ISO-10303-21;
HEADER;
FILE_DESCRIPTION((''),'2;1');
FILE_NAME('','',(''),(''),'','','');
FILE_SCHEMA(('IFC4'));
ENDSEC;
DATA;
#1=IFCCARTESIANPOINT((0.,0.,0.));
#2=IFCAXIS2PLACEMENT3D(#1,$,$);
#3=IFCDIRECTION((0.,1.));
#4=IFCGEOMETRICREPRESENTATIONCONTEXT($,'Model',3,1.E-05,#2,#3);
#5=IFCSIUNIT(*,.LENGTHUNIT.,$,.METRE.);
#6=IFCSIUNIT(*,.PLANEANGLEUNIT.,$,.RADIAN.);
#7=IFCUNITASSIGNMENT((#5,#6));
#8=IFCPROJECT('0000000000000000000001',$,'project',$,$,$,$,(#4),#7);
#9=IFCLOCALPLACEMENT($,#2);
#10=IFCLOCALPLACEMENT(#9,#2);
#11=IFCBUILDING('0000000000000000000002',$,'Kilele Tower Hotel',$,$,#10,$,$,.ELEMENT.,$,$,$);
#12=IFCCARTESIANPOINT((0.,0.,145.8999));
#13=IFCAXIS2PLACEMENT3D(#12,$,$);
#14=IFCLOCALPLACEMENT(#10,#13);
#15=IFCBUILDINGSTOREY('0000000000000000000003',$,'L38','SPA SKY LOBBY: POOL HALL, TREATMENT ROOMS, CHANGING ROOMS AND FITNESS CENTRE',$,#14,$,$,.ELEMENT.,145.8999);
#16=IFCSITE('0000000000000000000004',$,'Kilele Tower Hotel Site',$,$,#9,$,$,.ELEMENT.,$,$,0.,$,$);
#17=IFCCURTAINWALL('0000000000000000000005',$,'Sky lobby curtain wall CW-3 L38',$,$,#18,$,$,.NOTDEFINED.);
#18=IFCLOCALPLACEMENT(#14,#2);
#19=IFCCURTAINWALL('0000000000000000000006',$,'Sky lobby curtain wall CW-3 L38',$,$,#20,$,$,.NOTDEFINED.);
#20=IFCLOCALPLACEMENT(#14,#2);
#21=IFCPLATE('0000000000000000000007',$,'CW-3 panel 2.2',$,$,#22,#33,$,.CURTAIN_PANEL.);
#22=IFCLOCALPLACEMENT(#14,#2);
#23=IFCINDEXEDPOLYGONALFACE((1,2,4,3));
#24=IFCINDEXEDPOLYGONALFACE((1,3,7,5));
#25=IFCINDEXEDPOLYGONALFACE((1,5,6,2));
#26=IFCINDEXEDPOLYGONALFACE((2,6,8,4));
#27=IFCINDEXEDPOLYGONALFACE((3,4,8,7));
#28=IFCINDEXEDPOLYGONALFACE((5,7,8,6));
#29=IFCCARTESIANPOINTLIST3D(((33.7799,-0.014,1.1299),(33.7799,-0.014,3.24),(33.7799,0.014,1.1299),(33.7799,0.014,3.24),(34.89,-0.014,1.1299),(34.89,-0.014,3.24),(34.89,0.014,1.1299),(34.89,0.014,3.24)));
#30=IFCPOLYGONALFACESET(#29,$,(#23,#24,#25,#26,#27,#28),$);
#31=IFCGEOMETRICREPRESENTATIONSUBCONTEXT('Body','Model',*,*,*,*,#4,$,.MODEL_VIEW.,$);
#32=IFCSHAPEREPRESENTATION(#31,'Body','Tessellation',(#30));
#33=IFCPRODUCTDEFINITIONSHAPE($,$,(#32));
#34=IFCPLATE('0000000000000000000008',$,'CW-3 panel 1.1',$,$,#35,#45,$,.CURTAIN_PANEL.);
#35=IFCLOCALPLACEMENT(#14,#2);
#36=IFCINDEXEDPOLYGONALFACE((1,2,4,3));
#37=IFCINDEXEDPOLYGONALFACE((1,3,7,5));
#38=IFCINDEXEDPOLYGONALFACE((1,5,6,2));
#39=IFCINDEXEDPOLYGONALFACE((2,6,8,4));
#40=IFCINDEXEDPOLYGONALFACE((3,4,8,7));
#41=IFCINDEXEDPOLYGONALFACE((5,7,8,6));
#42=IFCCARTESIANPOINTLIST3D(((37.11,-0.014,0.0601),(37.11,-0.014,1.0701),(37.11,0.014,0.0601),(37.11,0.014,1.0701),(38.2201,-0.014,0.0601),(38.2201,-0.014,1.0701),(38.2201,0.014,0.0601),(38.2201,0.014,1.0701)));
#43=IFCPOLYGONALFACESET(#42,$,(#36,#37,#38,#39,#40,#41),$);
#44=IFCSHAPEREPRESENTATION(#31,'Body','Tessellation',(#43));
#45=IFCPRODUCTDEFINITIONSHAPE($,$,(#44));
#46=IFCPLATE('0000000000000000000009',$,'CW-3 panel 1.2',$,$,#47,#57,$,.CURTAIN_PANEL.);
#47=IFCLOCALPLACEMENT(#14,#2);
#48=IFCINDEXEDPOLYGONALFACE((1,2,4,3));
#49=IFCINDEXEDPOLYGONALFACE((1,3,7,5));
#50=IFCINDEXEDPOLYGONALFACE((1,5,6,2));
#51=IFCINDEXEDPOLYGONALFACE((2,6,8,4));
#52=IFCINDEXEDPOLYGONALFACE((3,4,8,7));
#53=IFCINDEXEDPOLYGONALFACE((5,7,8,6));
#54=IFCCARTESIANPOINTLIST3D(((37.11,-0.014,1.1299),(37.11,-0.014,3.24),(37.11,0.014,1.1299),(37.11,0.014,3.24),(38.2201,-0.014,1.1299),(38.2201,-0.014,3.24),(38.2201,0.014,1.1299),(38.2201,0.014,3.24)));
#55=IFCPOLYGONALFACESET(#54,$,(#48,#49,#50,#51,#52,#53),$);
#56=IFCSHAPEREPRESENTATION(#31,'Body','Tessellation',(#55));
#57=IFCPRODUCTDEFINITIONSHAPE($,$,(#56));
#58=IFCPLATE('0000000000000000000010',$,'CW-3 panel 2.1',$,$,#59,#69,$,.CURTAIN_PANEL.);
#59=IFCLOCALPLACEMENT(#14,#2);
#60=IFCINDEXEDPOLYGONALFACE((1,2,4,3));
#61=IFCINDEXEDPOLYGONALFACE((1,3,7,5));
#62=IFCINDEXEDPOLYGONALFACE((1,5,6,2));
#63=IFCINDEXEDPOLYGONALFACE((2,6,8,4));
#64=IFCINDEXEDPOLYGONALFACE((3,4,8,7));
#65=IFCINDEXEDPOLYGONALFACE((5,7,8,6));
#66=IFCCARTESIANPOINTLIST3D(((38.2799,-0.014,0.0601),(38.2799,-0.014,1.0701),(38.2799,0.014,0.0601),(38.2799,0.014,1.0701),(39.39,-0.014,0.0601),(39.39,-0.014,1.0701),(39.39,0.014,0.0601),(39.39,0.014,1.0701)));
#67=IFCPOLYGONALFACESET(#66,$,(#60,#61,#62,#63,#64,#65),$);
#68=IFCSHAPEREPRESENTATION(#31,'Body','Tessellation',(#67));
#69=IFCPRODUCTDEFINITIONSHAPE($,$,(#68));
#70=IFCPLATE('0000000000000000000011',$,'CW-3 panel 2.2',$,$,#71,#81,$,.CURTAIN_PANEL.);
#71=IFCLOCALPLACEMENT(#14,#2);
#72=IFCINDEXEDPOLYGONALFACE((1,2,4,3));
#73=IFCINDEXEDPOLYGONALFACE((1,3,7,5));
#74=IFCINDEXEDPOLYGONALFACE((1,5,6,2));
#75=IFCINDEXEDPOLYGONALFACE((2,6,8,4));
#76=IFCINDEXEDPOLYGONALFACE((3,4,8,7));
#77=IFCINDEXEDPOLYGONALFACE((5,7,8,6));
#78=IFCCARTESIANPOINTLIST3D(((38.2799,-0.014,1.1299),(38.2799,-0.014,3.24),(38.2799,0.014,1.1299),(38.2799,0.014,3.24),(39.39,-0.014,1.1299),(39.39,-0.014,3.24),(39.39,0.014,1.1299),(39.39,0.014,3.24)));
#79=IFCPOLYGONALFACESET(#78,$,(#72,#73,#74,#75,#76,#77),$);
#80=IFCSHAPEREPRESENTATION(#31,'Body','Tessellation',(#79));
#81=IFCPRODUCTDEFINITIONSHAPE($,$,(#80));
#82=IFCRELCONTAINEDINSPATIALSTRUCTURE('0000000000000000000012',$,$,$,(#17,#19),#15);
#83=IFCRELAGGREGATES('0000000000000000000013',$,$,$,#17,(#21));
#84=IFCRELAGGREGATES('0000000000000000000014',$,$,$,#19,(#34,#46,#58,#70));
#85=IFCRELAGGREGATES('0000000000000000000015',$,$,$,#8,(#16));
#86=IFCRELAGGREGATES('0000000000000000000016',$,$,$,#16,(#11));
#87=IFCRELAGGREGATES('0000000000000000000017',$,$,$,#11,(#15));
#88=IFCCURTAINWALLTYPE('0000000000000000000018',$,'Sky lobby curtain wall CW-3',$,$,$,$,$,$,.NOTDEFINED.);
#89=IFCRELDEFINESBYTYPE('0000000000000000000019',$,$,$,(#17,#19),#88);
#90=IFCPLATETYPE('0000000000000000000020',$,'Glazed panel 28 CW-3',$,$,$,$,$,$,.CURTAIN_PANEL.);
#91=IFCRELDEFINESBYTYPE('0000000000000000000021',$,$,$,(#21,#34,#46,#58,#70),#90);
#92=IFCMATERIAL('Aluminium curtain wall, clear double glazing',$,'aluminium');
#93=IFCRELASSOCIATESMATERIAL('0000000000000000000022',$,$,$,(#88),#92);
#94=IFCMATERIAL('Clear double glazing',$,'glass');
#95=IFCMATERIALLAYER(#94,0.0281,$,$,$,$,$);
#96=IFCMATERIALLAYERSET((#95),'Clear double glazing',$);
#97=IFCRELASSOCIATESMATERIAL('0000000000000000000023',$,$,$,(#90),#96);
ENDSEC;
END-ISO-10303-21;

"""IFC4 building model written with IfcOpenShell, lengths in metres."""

from ifc_helpers import new_model, si_unit, direction, frame, origin, origin_2d, place, context, subcontext, project, spatial, rectangle, extrude, material, layer, layer_set, type_object, element, aggregate, save


model = new_model("IFC4")

# Units and contexts
model_context = context("Model", 3, precision=1e-05, world=origin(), true_north=direction((0.0, 1.0)))
body_context = subcontext(model_context, "Body", "Model", "MODEL_VIEW")
ifc_project = project(units=[si_unit("LENGTHUNIT", "METRE"), si_unit("PLANEANGLEUNIT", "RADIAN")], contexts=[model_context])

# Site, building, storey
site_placement = place(None, origin())
site = spatial("IfcSite", under=ifc_project, at=site_placement, Name="Kilele Tower Hotel Site", CompositionType="ELEMENT", RefElevation=0.0)
building_placement = place(site_placement, origin())
building = spatial("IfcBuilding", under=site, at=building_placement, Name="Kilele Tower Hotel", CompositionType="ELEMENT")
storey_placement = place(building_placement, frame((0.0, 0.0, 145.8999)))
storey = spatial("IfcBuildingStorey", under=building, at=storey_placement, Name="L38", Description="SPA SKY LOBBY: POOL HALL, TREATMENT ROOMS, CHANGING ROOMS AND FITNESS CENTRE", CompositionType="ELEMENT", Elevation=145.8999)

# Curtain wall
ifc_material_1 = material(Name="Aluminium curtain wall, clear double glazing", Category="aluminium")
curtain_wall_type = type_object("IfcCurtainWallType", Name="Sky lobby curtain wall CW-3", PredefinedType="NOTDEFINED", material=ifc_material_1)
curtain_wall_1_placement = place(storey_placement, origin())
curtain_wall_1 = element("IfcCurtainWall", 1, at=curtain_wall_1_placement, inside=storey, type_object=curtain_wall_type, Name="Sky lobby curtain wall CW-3 L38", PredefinedType="NOTDEFINED")

# Curtain wall
curtain_wall_2_placement = place(storey_placement, origin())
curtain_wall_2 = element("IfcCurtainWall", 2, at=curtain_wall_2_placement, inside=storey, type_object=curtain_wall_type, Name="Sky lobby curtain wall CW-3 L38", PredefinedType="NOTDEFINED")

# Plates
ifc_material_2 = material(Name="Clear double glazing", Category="glass")
ifc_layer = layer(ifc_material_2, 0.0281)
ifc_layer_set = layer_set([ifc_layer], Name="Clear double glazing")
plate_type = type_object("IfcPlateType", Name="Glazed panel 28 CW-3", PredefinedType="CURTAIN_PANEL", material=ifc_layer_set)
plate_1_placement = place(storey_placement, frame((34.335, 0.0, 1.1299), z_axis=(0.0, 0.0, 1.0), x_axis=(1.0, 0.0, 0.0)))
plate_1 = element("IfcPlate", 3, at=plate_1_placement, type_object=plate_type, Name="CW-3 panel 2.2", PredefinedType="CURTAIN_PANEL", context=body_context, shape_type="SweptSolid", body=[
    extrude(rectangle(XDim=1.1101, YDim=0.0281, at=origin_2d()), origin(), (0.0, 0.0, 1.0), 2.1101),
])
aggregate(curtain_wall_1, [plate_1])
plate_2_placement = place(storey_placement, frame((37.665, 0.0, 0.0601), z_axis=(0.0, 0.0, 1.0), x_axis=(1.0, 0.0, 0.0)))
plate_2 = element("IfcPlate", 4, at=plate_2_placement, type_object=plate_type, Name="CW-3 panel 1.1", PredefinedType="CURTAIN_PANEL", context=body_context, shape_type="SweptSolid", body=[
    extrude(rectangle(XDim=1.1101, YDim=0.0281, at=origin_2d()), origin(), (0.0, 0.0, 1.0), 1.01),
])
plate_3_placement = place(storey_placement, frame((37.665, 0.0, 1.1299), z_axis=(0.0, 0.0, 1.0), x_axis=(1.0, 0.0, 0.0)))
plate_3 = element("IfcPlate", 5, at=plate_3_placement, type_object=plate_type, Name="CW-3 panel 1.2", PredefinedType="CURTAIN_PANEL", context=body_context, shape_type="SweptSolid", body=[
    extrude(rectangle(XDim=1.1101, YDim=0.0281, at=origin_2d()), origin(), (0.0, 0.0, 1.0), 2.1101),
])
plate_4_placement = place(storey_placement, frame((38.835, 0.0, 0.0601), z_axis=(0.0, 0.0, 1.0), x_axis=(1.0, 0.0, 0.0)))
plate_4 = element("IfcPlate", 6, at=plate_4_placement, type_object=plate_type, Name="CW-3 panel 2.1", PredefinedType="CURTAIN_PANEL", context=body_context, shape_type="SweptSolid", body=[
    extrude(rectangle(XDim=1.1101, YDim=0.0281, at=origin_2d()), origin(), (0.0, 0.0, 1.0), 1.01),
])
plate_5_placement = place(storey_placement, frame((38.835, 0.0, 1.1299), z_axis=(0.0, 0.0, 1.0), x_axis=(1.0, 0.0, 0.0)))
plate_5 = element("IfcPlate", 7, at=plate_5_placement, type_object=plate_type, Name="CW-3 panel 2.2", PredefinedType="CURTAIN_PANEL", context=body_context, shape_type="SweptSolid", body=[
    extrude(rectangle(XDim=1.1101, YDim=0.0281, at=origin_2d()), origin(), (0.0, 0.0, 1.0), 2.1101),
])
aggregate(curtain_wall_2, [plate_2, plate_3, plate_4, plate_5])

save(model, "model.ifc")
